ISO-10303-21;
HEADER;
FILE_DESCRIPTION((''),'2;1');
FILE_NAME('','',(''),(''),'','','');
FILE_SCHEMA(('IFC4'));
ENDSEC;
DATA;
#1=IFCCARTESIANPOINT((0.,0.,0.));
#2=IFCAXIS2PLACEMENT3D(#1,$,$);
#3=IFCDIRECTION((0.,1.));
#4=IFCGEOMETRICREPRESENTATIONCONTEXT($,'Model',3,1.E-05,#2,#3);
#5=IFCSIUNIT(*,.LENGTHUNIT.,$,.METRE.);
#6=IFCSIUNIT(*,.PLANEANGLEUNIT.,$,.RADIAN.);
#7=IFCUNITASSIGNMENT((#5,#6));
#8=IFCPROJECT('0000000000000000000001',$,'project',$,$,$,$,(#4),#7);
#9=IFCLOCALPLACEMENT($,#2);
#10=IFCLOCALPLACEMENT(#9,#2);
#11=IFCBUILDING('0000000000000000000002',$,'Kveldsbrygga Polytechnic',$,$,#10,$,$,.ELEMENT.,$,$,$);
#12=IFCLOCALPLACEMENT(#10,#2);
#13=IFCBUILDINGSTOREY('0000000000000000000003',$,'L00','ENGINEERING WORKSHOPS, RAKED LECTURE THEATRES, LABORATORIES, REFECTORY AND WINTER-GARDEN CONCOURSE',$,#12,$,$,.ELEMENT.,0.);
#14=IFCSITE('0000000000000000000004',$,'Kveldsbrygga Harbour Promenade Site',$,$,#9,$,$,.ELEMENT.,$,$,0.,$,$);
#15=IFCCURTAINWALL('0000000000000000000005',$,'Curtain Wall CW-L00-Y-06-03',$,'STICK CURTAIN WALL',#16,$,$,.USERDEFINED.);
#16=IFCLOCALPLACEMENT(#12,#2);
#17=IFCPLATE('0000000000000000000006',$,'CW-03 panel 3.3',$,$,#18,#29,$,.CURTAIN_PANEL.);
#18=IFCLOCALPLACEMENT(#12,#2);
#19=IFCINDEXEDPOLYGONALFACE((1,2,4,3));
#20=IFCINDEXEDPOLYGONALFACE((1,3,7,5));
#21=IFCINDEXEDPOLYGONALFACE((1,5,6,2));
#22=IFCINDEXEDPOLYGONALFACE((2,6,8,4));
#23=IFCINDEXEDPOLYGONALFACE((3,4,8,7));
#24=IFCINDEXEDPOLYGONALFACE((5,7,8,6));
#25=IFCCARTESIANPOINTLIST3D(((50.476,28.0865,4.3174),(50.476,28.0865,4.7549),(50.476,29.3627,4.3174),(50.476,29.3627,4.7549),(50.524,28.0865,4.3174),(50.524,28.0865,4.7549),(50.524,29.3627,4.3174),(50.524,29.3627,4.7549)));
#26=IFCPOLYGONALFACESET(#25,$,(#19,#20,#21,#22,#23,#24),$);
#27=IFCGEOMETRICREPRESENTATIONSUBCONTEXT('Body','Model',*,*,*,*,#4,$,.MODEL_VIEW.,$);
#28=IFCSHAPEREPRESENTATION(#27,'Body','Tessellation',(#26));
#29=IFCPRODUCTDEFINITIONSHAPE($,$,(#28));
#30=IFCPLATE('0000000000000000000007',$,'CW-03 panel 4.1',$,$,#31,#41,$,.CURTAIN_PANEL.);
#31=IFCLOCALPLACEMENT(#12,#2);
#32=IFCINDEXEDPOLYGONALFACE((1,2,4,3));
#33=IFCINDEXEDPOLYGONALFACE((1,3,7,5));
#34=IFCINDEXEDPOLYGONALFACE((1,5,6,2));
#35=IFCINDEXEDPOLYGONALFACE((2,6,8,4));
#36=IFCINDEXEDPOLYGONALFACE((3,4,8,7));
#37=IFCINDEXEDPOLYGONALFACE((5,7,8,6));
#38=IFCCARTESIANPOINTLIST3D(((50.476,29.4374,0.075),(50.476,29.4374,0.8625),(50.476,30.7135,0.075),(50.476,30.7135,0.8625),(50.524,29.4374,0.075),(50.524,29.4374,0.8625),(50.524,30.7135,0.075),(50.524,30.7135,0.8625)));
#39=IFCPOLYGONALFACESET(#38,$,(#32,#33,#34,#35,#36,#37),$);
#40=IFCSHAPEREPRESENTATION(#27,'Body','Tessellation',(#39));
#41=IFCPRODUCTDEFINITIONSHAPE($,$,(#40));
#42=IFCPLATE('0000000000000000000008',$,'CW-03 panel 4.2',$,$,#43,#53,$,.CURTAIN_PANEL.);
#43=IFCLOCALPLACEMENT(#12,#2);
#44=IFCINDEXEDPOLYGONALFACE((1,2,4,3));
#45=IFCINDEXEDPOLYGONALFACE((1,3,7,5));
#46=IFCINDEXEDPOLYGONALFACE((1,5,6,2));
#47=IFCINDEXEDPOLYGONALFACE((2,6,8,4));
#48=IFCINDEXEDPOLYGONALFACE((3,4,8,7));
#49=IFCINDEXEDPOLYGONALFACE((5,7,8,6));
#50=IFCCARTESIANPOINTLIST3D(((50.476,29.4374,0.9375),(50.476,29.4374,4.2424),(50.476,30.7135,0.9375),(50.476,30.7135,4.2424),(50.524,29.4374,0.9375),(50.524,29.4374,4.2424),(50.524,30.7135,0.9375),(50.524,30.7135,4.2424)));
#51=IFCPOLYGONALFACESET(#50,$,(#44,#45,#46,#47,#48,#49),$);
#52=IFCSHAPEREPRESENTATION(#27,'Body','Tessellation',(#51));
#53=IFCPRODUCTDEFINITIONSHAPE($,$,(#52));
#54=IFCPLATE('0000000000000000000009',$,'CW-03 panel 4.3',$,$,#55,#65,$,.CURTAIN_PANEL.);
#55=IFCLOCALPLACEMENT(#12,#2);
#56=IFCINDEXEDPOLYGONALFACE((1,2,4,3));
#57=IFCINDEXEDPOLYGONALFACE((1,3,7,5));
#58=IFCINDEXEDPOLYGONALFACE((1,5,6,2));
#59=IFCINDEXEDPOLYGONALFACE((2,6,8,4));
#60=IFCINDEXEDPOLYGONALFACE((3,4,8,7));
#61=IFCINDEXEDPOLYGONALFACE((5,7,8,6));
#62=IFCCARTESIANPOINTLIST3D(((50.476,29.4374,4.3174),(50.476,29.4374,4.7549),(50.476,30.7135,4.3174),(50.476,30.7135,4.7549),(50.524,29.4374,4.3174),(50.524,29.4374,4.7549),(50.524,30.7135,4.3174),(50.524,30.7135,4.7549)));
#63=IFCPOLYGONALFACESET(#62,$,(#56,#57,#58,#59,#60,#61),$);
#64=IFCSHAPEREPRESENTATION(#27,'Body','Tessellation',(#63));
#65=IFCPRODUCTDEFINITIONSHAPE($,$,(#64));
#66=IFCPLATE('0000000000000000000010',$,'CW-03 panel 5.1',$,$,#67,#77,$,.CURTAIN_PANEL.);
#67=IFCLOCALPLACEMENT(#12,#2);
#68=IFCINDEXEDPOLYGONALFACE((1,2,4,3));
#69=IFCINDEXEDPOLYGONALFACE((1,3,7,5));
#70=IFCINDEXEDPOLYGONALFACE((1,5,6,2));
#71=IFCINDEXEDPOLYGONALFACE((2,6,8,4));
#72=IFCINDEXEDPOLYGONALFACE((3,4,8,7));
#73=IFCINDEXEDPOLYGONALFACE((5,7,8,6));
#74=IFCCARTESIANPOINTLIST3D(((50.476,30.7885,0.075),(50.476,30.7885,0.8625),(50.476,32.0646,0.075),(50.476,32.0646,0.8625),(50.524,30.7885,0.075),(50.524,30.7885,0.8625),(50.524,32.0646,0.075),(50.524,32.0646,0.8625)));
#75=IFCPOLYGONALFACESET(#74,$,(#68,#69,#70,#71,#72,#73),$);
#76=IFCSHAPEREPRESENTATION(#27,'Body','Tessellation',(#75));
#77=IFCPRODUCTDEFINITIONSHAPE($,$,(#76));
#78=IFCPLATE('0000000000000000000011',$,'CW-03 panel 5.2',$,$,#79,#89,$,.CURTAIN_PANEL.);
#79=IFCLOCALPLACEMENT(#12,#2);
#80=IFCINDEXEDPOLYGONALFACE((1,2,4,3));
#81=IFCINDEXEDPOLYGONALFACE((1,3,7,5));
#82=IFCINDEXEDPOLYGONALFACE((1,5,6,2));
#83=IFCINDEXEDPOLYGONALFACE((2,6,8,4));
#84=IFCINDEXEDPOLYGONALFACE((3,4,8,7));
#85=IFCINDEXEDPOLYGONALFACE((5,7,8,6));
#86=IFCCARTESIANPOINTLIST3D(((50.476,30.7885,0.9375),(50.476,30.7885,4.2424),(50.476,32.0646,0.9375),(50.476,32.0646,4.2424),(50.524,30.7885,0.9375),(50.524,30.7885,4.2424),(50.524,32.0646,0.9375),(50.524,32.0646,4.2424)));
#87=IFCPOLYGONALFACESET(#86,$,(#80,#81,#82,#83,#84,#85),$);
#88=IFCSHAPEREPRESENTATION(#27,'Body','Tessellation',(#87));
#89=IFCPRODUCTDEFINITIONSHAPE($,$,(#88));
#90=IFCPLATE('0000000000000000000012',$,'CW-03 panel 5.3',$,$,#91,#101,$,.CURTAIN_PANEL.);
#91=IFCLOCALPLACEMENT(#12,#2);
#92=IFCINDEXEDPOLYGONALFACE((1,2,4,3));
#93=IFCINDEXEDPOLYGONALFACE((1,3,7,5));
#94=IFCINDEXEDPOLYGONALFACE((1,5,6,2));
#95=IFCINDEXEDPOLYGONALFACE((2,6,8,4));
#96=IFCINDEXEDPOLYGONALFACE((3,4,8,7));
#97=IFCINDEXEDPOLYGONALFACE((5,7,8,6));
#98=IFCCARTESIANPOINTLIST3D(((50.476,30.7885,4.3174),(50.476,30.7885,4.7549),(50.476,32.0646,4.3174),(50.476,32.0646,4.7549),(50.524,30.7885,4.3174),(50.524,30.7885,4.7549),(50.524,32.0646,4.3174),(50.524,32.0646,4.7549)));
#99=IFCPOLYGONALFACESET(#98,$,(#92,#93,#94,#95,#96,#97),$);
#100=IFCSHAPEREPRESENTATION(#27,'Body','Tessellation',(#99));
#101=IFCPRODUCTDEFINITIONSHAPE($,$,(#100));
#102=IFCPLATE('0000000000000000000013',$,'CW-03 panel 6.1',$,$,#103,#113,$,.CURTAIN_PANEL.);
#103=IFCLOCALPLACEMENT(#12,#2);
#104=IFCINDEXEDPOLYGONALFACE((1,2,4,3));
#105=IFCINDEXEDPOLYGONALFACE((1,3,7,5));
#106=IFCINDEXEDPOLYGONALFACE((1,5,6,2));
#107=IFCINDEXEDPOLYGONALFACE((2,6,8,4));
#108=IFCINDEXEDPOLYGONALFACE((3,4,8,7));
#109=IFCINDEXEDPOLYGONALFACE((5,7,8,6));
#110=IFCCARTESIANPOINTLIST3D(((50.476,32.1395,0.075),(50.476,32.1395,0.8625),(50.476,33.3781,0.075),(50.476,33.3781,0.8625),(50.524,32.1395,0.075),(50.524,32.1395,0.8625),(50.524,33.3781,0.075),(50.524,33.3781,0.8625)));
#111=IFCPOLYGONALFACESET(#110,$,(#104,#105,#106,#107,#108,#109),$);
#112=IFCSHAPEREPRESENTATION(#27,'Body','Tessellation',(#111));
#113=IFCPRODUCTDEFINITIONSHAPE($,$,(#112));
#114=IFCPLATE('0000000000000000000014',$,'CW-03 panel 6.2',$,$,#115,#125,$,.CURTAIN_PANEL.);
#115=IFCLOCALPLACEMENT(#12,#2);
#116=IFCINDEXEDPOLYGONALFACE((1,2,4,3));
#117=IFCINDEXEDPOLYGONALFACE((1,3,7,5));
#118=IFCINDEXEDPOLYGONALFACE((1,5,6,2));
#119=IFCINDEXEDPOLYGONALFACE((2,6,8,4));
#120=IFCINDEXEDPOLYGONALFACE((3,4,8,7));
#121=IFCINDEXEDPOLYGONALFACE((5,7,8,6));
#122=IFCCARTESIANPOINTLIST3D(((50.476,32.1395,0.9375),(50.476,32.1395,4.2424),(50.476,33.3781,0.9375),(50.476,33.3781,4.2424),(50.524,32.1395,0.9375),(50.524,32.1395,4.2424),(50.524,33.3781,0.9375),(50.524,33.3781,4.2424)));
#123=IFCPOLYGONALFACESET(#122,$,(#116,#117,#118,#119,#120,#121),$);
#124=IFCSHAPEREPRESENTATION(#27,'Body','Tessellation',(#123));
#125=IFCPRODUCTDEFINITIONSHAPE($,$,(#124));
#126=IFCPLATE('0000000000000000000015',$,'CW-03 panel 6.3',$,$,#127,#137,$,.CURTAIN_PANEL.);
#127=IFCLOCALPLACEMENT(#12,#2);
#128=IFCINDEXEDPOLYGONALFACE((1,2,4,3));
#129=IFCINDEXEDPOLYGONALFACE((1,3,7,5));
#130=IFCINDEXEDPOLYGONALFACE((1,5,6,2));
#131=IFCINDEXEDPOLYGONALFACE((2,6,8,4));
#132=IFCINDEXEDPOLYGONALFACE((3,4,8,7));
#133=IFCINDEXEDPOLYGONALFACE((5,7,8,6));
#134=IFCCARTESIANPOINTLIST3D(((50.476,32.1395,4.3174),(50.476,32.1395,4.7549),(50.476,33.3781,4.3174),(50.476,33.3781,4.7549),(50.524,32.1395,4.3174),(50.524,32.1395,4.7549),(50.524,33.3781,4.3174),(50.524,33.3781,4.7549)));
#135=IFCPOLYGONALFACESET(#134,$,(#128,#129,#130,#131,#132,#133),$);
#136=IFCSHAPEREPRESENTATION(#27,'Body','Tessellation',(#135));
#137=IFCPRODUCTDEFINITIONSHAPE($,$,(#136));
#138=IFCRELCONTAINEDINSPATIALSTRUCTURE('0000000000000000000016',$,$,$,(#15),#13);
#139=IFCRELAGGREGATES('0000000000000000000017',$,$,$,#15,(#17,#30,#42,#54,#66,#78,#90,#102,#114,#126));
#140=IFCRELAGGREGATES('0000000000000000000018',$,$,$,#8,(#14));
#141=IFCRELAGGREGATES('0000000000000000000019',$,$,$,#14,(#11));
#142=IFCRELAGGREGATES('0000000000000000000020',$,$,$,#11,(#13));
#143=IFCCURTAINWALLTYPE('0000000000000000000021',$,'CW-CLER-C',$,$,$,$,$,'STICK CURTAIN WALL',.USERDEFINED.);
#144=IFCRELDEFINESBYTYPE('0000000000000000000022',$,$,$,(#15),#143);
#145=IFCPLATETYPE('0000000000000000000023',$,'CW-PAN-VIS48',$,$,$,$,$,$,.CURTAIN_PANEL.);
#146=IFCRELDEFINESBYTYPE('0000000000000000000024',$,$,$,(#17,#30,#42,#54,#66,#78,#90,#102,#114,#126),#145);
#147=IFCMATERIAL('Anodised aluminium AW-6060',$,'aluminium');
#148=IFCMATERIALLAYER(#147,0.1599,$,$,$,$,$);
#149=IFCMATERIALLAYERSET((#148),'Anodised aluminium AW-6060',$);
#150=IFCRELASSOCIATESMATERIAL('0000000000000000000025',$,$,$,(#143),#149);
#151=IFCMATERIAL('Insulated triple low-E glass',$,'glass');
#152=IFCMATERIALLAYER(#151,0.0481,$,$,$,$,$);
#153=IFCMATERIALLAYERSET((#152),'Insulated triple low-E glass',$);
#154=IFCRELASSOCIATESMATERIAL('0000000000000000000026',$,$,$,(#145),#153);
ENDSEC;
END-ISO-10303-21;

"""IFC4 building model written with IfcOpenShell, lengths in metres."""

from ifc_helpers import new_model, si_unit, direction, frame, origin, origin_2d, place, context, subcontext, project, spatial, rectangle, extrude, material, layer, layer_set, type_object, element, aggregate, save


model = new_model("IFC4")

# Units and contexts
model_context = context("Model", 3, precision=1e-05, world=origin(), true_north=direction((0.0, 1.0)))
body_context = subcontext(model_context, "Body", "Model", "MODEL_VIEW")
ifc_project = project(units=[si_unit("LENGTHUNIT", "METRE"), si_unit("PLANEANGLEUNIT", "RADIAN")], contexts=[model_context])

# Site, building, storey
site_placement = place(None, origin())
site = spatial("IfcSite", under=ifc_project, at=site_placement, Name="Kveldsbrygga Harbour Promenade Site", CompositionType="ELEMENT", RefElevation=0.0)
building_placement = place(site_placement, origin())
building = spatial("IfcBuilding", under=site, at=building_placement, Name="Kveldsbrygga Polytechnic", CompositionType="ELEMENT")
storey_placement = place(building_placement, origin())
storey = spatial("IfcBuildingStorey", under=building, at=storey_placement, Name="L00", Description="ENGINEERING WORKSHOPS, RAKED LECTURE THEATRES, LABORATORIES, REFECTORY AND WINTER-GARDEN CONCOURSE", CompositionType="ELEMENT", Elevation=0.0)

# Shared definitions
ifc_material_1 = material(Name="Anodised aluminium AW-6060", Category="aluminium")

# Curtain wall
ifc_layer_1 = layer(ifc_material_1, 0.1599)
ifc_layer_set_1 = layer_set([ifc_layer_1], Name="Anodised aluminium AW-6060")
curtain_wall_type_1 = type_object("IfcCurtainWallType", Name="CW-CLER-C", ElementType="STICK CURTAIN WALL", PredefinedType="USERDEFINED", material=ifc_layer_set_1)
curtain_wall_1_placement = place(storey_placement, origin())
curtain_wall_1 = element("IfcCurtainWall", 1, at=curtain_wall_1_placement, inside=storey, type_object=curtain_wall_type_1, Name="Curtain Wall CW-L00-Y-06-03", ObjectType="STICK CURTAIN WALL", PredefinedType="USERDEFINED")

# Plates
ifc_material_2 = material(Name="Insulated triple low-E glass", Category="glass")
ifc_layer_2 = layer(ifc_material_2, 0.0481)
ifc_layer_set_2 = layer_set([ifc_layer_2], Name="Insulated triple low-E glass")
plate_type = type_object("IfcPlateType", Name="CW-PAN-VIS48", PredefinedType="CURTAIN_PANEL", material=ifc_layer_set_2)
plate_1_placement = place(storey_placement, frame((50.5, 28.7246, 4.3174), z_axis=(0.0, 0.0, 1.0), x_axis=(0.0, 1.0, 0.0)))
plate_1 = element("IfcPlate", 2, at=plate_1_placement, type_object=plate_type, Name="CW-03 panel 3.3", PredefinedType="CURTAIN_PANEL", context=body_context, shape_type="SweptSolid", body=[
    extrude(rectangle(XDim=1.2761, YDim=0.0481, at=origin_2d()), origin(), (0.0, 0.0, 1.0), 0.4375),
])
plate_2_placement = place(storey_placement, frame((50.5, 30.0754, 0.075), z_axis=(0.0, 0.0, 1.0), x_axis=(0.0, 1.0, 0.0)))
plate_2 = element("IfcPlate", 3, at=plate_2_placement, type_object=plate_type, Name="CW-03 panel 4.1", PredefinedType="CURTAIN_PANEL", context=body_context, shape_type="SweptSolid", body=[
    extrude(rectangle(XDim=1.2761, YDim=0.0481, at=origin_2d()), origin(), (0.0, 0.0, 1.0), 0.7876),
])
plate_3_placement = place(storey_placement, frame((50.5, 30.0754, 0.9375), z_axis=(0.0, 0.0, 1.0), x_axis=(0.0, 1.0, 0.0)))
plate_3 = element("IfcPlate", 4, at=plate_3_placement, type_object=plate_type, Name="CW-03 panel 4.2", PredefinedType="CURTAIN_PANEL", context=body_context, shape_type="SweptSolid", body=[
    extrude(rectangle(XDim=1.2761, YDim=0.0481, at=origin_2d()), origin(), (0.0, 0.0, 1.0), 3.3049),
])
plate_4_placement = place(storey_placement, frame((50.5, 30.0754, 4.3174), z_axis=(0.0, 0.0, 1.0), x_axis=(0.0, 1.0, 0.0)))
plate_4 = element("IfcPlate", 5, at=plate_4_placement, type_object=plate_type, Name="CW-03 panel 4.3", PredefinedType="CURTAIN_PANEL", context=body_context, shape_type="SweptSolid", body=[
    extrude(rectangle(XDim=1.2761, YDim=0.0481, at=origin_2d()), origin(), (0.0, 0.0, 1.0), 0.4375),
])
plate_5_placement = place(storey_placement, frame((50.5, 31.4265, 0.075), z_axis=(0.0, 0.0, 1.0), x_axis=(0.0, 1.0, 0.0)))
plate_5 = element("IfcPlate", 6, at=plate_5_placement, type_object=plate_type, Name="CW-03 panel 5.1", PredefinedType="CURTAIN_PANEL", context=body_context, shape_type="SweptSolid", body=[
    extrude(rectangle(XDim=1.2761, YDim=0.0481, at=origin_2d()), origin(), (0.0, 0.0, 1.0), 0.7876),
])
plate_6_placement = place(storey_placement, frame((50.5, 31.4265, 0.9375), z_axis=(0.0, 0.0, 1.0), x_axis=(0.0, 1.0, 0.0)))
plate_6 = element("IfcPlate", 7, at=plate_6_placement, type_object=plate_type, Name="CW-03 panel 5.2", PredefinedType="CURTAIN_PANEL", context=body_context, shape_type="SweptSolid", body=[
    extrude(rectangle(XDim=1.2761, YDim=0.0481, at=origin_2d()), origin(), (0.0, 0.0, 1.0), 3.3049),
])
plate_7_placement = place(storey_placement, frame((50.5, 31.4265, 4.3174), z_axis=(0.0, 0.0, 1.0), x_axis=(0.0, 1.0, 0.0)))
plate_7 = element("IfcPlate", 8, at=plate_7_placement, type_object=plate_type, Name="CW-03 panel 5.3", PredefinedType="CURTAIN_PANEL", context=body_context, shape_type="SweptSolid", body=[
    extrude(rectangle(XDim=1.2761, YDim=0.0481, at=origin_2d()), origin(), (0.0, 0.0, 1.0), 0.4375),
])
plate_8_placement = place(storey_placement, frame((50.5, 32.7588, 0.075), z_axis=(0.0, 0.0, 1.0), x_axis=(0.0, 1.0, 0.0)))
plate_8 = element("IfcPlate", 9, at=plate_8_placement, type_object=plate_type, Name="CW-03 panel 6.1", PredefinedType="CURTAIN_PANEL", context=body_context, shape_type="SweptSolid", body=[
    extrude(rectangle(XDim=1.2385, YDim=0.0481, at=origin_2d()), origin(), (0.0, 0.0, 1.0), 0.7876),
])
plate_9_placement = place(storey_placement, frame((50.5, 32.7588, 0.9375), z_axis=(0.0, 0.0, 1.0), x_axis=(0.0, 1.0, 0.0)))
plate_9 = element("IfcPlate", 10, at=plate_9_placement, type_object=plate_type, Name="CW-03 panel 6.2", PredefinedType="CURTAIN_PANEL", context=body_context, shape_type="SweptSolid", body=[
    extrude(rectangle(XDim=1.2385, YDim=0.0481, at=origin_2d()), origin(), (0.0, 0.0, 1.0), 3.3049),
])
plate_10_placement = place(storey_placement, frame((50.5, 32.7588, 4.3174), z_axis=(0.0, 0.0, 1.0), x_axis=(0.0, 1.0, 0.0)))
plate_10 = element("IfcPlate", 11, at=plate_10_placement, type_object=plate_type, Name="CW-03 panel 6.3", PredefinedType="CURTAIN_PANEL", context=body_context, shape_type="SweptSolid", body=[
    extrude(rectangle(XDim=1.2385, YDim=0.0481, at=origin_2d()), origin(), (0.0, 0.0, 1.0), 0.4375),
])
aggregate(curtain_wall_1, [plate_1, plate_2, plate_3, plate_4, plate_5, plate_6, plate_7, plate_8, plate_9, plate_10])

save(model, "model.ifc")
